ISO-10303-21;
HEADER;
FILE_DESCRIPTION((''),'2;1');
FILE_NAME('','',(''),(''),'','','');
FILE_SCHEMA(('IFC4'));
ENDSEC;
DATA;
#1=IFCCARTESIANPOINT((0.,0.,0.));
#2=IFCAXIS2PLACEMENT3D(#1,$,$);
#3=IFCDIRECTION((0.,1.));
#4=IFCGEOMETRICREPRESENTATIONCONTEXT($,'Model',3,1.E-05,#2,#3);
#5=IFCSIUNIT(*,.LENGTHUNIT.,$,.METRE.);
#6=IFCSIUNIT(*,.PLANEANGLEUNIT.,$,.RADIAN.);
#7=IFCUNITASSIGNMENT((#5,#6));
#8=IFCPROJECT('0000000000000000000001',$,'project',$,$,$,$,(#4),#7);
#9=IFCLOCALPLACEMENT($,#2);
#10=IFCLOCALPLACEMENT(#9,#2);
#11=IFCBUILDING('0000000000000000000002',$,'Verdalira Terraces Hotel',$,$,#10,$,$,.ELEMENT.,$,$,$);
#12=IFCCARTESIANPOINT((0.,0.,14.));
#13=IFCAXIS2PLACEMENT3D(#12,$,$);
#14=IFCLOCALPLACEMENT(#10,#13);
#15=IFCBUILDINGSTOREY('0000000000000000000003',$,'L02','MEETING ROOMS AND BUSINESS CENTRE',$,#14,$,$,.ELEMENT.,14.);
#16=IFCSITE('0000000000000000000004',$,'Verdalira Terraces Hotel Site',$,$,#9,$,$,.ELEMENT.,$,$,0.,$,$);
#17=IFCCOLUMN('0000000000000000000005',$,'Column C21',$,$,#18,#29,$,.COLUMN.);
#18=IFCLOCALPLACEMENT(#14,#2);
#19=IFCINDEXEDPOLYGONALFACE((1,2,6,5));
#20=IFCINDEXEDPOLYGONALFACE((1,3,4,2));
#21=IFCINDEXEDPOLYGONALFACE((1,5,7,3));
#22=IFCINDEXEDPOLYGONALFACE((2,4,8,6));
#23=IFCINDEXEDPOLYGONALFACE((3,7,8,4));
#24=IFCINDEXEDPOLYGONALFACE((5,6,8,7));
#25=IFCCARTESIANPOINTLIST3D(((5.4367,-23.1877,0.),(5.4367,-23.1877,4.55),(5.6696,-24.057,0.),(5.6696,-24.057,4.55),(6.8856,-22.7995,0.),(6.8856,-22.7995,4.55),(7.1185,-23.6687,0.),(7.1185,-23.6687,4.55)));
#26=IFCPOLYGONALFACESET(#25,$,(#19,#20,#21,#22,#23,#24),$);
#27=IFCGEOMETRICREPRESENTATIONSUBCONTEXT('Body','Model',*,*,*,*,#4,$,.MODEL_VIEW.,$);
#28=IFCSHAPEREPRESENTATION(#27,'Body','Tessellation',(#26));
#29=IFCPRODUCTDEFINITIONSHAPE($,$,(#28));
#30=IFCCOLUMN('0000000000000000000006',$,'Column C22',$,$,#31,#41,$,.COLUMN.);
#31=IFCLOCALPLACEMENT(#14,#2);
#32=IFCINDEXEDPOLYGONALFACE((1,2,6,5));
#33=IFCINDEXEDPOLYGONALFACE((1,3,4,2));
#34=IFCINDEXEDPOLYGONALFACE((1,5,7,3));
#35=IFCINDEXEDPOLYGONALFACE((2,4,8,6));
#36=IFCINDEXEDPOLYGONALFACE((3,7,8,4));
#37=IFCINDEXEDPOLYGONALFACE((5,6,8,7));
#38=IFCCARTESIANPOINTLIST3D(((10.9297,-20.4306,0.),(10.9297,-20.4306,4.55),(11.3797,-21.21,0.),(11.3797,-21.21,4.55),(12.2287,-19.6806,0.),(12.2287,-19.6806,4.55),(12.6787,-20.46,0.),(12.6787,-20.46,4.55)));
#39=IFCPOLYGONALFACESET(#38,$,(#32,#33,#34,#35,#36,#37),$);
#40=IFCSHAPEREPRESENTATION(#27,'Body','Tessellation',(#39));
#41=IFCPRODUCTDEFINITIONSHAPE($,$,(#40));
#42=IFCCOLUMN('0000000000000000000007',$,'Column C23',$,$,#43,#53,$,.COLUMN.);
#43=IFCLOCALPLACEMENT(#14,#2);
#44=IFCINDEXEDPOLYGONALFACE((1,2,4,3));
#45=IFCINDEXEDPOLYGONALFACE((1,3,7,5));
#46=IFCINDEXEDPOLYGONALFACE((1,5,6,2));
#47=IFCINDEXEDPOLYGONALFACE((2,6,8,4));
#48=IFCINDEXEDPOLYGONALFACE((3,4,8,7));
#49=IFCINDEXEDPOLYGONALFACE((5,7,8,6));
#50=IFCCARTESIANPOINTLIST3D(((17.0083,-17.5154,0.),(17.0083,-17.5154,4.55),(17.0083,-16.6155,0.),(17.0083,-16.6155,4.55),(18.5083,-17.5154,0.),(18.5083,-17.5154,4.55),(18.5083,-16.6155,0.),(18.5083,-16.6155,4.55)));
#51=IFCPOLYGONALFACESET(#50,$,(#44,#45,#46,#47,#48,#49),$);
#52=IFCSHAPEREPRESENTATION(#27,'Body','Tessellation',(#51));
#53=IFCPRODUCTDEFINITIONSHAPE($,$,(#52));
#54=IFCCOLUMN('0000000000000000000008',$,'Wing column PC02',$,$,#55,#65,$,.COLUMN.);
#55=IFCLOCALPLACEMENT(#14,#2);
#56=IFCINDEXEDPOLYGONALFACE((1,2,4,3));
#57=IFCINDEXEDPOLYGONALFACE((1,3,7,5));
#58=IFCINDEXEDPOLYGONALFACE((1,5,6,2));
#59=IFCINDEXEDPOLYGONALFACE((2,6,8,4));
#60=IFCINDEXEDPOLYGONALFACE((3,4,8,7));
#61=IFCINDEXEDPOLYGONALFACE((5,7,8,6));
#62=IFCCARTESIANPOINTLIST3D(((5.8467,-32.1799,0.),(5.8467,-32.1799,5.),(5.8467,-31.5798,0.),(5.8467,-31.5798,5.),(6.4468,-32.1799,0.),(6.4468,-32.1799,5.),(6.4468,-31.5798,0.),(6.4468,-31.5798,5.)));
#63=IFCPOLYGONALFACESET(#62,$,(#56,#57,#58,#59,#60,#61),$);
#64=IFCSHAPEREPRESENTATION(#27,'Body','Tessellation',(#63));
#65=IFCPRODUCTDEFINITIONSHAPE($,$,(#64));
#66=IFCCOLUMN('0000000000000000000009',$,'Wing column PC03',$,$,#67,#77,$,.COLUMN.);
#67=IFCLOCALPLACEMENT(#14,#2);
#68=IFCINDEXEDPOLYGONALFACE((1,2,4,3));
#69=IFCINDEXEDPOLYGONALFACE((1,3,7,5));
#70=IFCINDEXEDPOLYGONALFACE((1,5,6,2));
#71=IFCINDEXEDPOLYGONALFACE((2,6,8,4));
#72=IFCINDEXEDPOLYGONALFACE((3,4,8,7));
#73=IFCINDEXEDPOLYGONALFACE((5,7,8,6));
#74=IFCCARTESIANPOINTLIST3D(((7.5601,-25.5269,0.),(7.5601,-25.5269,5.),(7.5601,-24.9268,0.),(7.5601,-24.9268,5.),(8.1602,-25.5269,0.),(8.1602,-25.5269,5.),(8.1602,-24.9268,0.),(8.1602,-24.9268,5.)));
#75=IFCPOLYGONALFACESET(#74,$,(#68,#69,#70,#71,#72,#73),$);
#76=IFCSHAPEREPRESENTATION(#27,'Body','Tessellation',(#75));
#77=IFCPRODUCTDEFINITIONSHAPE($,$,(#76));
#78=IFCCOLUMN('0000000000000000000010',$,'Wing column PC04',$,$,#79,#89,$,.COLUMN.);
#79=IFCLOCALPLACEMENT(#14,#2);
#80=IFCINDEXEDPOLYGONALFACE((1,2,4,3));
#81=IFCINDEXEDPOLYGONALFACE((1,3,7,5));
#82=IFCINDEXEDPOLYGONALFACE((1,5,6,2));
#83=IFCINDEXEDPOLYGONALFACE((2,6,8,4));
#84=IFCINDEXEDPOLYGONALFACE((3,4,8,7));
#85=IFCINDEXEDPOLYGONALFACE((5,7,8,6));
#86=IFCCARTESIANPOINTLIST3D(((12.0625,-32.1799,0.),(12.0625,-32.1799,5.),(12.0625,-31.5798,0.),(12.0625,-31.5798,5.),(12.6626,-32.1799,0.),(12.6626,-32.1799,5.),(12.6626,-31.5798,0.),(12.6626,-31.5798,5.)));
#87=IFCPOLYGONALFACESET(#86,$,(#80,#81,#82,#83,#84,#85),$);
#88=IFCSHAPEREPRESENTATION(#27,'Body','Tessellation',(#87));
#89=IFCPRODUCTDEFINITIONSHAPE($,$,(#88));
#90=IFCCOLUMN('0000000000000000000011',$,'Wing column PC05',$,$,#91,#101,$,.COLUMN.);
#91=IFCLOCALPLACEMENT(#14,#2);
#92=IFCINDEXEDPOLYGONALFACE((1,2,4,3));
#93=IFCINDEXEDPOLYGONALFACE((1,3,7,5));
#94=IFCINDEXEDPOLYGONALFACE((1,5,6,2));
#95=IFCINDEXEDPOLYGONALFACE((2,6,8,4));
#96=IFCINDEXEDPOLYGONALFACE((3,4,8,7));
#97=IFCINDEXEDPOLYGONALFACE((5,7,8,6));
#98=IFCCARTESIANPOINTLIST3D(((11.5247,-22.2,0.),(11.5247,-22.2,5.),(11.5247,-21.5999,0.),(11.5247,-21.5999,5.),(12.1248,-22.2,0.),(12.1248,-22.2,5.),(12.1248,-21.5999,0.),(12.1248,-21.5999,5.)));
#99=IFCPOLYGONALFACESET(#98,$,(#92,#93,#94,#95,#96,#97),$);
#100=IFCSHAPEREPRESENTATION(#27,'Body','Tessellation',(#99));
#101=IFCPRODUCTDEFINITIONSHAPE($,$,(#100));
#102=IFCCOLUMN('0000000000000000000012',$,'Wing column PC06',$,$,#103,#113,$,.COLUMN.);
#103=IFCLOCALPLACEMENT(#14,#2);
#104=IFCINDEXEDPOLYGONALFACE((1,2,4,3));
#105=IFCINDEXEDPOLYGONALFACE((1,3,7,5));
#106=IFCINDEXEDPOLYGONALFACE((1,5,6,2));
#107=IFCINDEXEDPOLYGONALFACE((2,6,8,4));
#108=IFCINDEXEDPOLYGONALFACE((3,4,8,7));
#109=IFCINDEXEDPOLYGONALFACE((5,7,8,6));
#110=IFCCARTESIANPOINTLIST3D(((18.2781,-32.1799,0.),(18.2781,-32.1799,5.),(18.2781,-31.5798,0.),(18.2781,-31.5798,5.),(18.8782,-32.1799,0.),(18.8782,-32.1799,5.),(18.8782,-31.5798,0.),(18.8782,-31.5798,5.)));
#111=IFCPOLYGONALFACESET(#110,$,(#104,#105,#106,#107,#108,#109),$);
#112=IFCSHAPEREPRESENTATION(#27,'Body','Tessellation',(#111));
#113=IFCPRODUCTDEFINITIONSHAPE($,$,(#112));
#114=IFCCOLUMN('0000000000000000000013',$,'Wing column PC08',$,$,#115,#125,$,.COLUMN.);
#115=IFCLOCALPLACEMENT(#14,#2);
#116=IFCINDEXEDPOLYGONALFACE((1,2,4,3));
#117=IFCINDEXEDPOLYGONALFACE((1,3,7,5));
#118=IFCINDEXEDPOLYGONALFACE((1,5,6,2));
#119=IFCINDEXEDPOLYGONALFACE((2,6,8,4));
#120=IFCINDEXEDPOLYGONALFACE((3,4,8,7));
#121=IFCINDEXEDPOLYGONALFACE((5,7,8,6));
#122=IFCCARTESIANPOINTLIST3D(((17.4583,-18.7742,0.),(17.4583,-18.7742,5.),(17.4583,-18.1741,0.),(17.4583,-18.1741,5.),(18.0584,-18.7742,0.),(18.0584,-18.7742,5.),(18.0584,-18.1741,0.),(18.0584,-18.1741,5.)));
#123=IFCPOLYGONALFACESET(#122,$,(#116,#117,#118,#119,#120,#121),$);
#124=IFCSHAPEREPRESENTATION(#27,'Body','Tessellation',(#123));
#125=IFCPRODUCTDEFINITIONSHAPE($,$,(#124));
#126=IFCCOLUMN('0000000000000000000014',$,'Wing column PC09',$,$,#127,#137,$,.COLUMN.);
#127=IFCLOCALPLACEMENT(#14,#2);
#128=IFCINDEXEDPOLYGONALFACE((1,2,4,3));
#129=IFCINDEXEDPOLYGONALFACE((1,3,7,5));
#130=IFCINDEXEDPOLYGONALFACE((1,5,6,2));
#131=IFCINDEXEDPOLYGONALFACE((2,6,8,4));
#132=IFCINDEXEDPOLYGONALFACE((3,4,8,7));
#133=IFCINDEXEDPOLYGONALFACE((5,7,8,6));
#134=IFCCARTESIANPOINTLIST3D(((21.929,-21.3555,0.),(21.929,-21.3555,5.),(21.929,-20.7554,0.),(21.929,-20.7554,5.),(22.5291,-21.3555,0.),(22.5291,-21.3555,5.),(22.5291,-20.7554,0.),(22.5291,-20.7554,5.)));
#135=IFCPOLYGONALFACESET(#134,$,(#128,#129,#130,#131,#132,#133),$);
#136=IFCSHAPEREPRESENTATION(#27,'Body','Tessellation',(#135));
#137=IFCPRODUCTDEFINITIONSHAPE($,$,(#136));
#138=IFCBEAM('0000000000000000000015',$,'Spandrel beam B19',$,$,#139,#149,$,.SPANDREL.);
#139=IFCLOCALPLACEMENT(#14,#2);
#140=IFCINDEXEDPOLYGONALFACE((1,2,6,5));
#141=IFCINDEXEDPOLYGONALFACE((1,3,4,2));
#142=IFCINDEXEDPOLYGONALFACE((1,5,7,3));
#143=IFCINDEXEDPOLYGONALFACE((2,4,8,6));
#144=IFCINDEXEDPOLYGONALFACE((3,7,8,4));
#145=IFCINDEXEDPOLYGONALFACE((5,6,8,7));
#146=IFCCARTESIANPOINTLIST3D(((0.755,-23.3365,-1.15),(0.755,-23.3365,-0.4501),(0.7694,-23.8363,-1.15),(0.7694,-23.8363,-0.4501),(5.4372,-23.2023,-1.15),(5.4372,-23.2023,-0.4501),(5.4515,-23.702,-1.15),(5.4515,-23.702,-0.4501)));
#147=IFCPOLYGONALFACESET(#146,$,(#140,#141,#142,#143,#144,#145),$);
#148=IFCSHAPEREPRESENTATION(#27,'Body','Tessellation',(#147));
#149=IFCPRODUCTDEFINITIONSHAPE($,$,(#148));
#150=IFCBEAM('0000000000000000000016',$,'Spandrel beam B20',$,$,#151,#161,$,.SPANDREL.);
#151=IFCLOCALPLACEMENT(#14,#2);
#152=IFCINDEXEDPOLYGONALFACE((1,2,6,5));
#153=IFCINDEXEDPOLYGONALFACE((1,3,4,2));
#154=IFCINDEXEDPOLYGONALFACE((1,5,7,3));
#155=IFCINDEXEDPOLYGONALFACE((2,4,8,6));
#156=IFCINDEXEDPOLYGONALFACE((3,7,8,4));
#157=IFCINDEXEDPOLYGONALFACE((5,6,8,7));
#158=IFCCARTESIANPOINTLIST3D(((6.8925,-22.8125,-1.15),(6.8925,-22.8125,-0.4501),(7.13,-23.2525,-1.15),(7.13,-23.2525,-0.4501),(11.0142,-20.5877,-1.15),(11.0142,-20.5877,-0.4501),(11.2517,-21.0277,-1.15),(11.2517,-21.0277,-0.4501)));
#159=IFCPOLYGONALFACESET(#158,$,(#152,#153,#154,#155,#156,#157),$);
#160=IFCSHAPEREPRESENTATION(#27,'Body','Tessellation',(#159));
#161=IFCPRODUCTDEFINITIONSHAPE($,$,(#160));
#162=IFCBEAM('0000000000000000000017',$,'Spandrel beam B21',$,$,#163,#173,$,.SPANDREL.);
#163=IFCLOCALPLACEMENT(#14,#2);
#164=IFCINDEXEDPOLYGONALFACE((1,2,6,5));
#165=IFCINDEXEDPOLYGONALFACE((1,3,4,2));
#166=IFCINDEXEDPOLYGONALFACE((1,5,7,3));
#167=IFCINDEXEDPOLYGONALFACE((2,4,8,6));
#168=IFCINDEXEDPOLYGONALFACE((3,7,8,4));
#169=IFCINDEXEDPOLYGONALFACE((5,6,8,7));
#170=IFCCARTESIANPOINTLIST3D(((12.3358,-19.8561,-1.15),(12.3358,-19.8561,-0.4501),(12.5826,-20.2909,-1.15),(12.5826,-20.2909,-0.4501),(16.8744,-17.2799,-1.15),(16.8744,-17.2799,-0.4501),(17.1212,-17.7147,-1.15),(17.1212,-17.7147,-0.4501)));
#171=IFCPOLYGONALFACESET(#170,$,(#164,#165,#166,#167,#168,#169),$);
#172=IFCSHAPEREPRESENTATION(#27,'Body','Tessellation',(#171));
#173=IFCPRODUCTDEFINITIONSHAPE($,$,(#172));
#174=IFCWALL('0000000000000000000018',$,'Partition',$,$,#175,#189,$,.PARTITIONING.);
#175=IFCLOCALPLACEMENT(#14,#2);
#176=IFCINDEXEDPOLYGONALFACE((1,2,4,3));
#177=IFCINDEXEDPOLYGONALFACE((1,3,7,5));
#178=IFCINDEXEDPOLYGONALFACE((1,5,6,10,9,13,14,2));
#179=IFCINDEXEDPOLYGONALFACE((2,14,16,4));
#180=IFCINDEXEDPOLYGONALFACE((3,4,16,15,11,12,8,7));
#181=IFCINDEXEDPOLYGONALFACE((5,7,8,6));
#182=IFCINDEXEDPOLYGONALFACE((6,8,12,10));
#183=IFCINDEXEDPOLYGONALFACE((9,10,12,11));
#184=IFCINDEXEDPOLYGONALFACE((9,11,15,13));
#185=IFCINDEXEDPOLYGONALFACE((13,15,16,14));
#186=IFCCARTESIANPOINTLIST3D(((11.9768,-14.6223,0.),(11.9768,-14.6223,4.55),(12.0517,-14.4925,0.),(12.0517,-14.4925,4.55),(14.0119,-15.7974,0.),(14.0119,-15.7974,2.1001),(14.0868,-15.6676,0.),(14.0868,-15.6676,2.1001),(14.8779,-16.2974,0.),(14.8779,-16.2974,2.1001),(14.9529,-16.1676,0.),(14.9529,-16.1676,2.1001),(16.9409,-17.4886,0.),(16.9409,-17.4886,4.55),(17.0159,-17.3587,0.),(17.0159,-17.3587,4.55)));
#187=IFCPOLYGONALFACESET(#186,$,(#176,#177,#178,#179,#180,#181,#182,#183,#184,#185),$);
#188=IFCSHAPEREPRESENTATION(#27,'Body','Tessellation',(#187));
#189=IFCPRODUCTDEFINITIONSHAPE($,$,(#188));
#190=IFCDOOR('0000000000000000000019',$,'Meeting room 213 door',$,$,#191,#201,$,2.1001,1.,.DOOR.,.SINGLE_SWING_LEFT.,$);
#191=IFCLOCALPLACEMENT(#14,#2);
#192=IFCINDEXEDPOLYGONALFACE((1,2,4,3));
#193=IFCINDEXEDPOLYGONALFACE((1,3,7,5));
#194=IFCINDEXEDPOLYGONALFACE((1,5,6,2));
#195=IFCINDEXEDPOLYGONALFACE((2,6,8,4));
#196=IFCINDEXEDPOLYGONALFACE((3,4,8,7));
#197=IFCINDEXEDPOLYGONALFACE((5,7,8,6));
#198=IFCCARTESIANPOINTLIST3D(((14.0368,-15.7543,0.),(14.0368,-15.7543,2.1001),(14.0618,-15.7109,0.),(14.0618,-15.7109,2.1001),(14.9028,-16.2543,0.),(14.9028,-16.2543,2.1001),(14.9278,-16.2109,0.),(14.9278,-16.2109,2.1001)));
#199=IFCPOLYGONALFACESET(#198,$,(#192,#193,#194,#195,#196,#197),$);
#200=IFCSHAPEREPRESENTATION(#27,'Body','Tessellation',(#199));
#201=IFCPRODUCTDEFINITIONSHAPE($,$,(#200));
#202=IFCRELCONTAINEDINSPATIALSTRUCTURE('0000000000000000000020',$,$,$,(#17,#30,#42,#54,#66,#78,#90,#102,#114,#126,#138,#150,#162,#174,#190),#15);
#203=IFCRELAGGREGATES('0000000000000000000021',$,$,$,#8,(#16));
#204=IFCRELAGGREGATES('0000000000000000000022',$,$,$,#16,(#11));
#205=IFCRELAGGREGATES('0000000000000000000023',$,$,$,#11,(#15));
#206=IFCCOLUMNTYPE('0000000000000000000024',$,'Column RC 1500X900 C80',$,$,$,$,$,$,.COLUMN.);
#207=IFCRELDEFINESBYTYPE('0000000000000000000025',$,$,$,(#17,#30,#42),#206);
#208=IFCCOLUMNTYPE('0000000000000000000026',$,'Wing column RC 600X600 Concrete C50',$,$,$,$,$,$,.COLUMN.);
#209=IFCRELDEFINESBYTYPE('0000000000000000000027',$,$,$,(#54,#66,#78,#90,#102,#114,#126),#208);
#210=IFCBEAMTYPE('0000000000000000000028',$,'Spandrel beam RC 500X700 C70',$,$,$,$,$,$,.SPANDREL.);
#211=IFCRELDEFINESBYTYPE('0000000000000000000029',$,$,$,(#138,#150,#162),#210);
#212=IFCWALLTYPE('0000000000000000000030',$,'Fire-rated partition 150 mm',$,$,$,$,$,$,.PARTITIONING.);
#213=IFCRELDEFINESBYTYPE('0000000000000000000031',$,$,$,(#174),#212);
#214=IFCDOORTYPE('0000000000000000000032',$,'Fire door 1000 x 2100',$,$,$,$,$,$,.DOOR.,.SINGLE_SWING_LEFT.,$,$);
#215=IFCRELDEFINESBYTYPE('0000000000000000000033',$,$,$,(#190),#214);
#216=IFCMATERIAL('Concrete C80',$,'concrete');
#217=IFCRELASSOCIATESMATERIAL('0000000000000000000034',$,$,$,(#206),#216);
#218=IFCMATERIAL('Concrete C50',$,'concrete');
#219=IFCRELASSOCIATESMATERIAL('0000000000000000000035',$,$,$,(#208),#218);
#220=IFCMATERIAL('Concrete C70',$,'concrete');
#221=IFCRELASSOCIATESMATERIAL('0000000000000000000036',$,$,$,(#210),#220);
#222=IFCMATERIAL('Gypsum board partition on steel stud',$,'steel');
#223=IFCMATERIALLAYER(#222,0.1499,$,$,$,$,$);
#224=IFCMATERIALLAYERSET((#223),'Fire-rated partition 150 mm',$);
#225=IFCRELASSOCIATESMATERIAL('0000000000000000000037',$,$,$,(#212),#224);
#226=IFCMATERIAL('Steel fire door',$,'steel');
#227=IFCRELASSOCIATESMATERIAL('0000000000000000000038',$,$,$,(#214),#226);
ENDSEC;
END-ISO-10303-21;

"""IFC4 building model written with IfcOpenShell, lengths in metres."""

from ifc_helpers import new_model, si_unit, direction, frame, frame_2d, origin, origin_2d, place, context, subcontext, project, spatial, rectangle, extrude, material, layer, layer_set, material_profile, profile_set, type_object, element, fill, save


model = new_model("IFC4")

# Units and contexts
model_context = context("Model", 3, precision=1e-05, world=origin(), true_north=direction((0.0, 1.0)))
body_context = subcontext(model_context, "Body", "Model", "MODEL_VIEW")
ifc_project = project(units=[si_unit("LENGTHUNIT", "METRE"), si_unit("PLANEANGLEUNIT", "RADIAN")], contexts=[model_context])

# Site, building, storey
site_placement = place(None, origin())
site = spatial("IfcSite", under=ifc_project, at=site_placement, Name="Verdalira Terraces Hotel Site", CompositionType="ELEMENT", RefElevation=0.0)
building_placement = place(site_placement, origin())
building = spatial("IfcBuilding", under=site, at=building_placement, Name="Verdalira Terraces Hotel", CompositionType="ELEMENT")
storey_placement = place(building_placement, frame((0.0, 0.0, 14.0)))
storey = spatial("IfcBuildingStorey", under=building, at=storey_placement, Name="L02", Description="MEETING ROOMS AND BUSINESS CENTRE", CompositionType="ELEMENT", Elevation=14.0)

# Columns
ifc_material_1 = material(Name="Concrete C80", Category="concrete")
ifc_material_profile_1 = material_profile(ifc_material_1, rectangle(XDim=1.5, YDim=0.8999, at=origin_2d()), Name="RC 1500X900")
ifc_profile_set_1 = profile_set([ifc_material_profile_1], Name="Concrete C80")
column_type_1 = type_object("IfcColumnType", Name="Column RC 1500X900 C80", PredefinedType="COLUMN", material=ifc_profile_set_1)
for number, where, z_axis, x_axis, name in (
    (1, (6.2776, -23.4282, 0.0), (0.0, 0.0, 1.0), (-0.965926, -0.258819, 0.0), "Column C21"),
    (2, (11.8042, -20.4453, 0.0), (0.0, 0.0, 1.0), (0.866025, 0.5, 0.0), "Column C22"),
    (3, (17.7583, -17.0654, 0.0), (0.0, 0.0, 1.0), (-1.0, 0.0, 0.0), "Column C23"),
):
    element("IfcColumn", number, at=place(storey_placement, frame(where, z_axis=z_axis, x_axis=x_axis)), inside=storey, type_object=column_type_1, Name=name, PredefinedType="COLUMN", context=body_context, shape_type="SweptSolid", body=[
        extrude(rectangle(XDim=1.5, YDim=0.8999, at=origin_2d()), origin(), (0.0, 0.0, 1.0), 4.55),
    ])
ifc_material_2 = material(Name="Concrete C50", Category="concrete")
ifc_material_profile_2 = material_profile(ifc_material_2, rectangle(XDim=0.6001, YDim=0.6001, at=origin_2d()), Name="RC 600X600")
ifc_profile_set_2 = profile_set([ifc_material_profile_2], Name="Concrete C50")
column_type_2 = type_object("IfcColumnType", Name="Wing column RC 600X600 Concrete C50", PredefinedType="COLUMN", material=ifc_profile_set_2)
for number, where, z_axis, x_axis, name in (
    (4, (6.1467, -31.8799, 0.0), (0.0, 0.0, 1.0), (0.0, -1.0, 0.0), "Wing column PC02"),
    (5, (7.8601, -25.2268, 0.0), (0.0, 0.0, 1.0), (0.0, -1.0, 0.0), "Wing column PC03"),
    (6, (12.3625, -31.8799, 0.0), (0.0, 0.0, 1.0), (0.0, -1.0, 0.0), "Wing column PC04"),
    (7, (11.8247, -21.8999, 0.0), (0.0, 0.0, 1.0), (0.0, -1.0, 0.0), "Wing column PC05"),
    (8, (18.5781, -31.8799, 0.0), (0.0, 0.0, 1.0), (0.0, -1.0, 0.0), "Wing column PC06"),
    (9, (17.7583, -18.4741, 0.0), (0.0, 0.0, 1.0), (0.0, -1.0, 0.0), "Wing column PC08"),
    (10, (22.229, -21.0554, 0.0), (0.0, 0.0, 1.0), (0.0, -1.0, 0.0), "Wing column PC09"),
):
    element("IfcColumn", number, at=place(storey_placement, frame(where, z_axis=z_axis, x_axis=x_axis)), inside=storey, type_object=column_type_2, Name=name, PredefinedType="COLUMN", context=body_context, shape_type="SweptSolid", body=[
        extrude(rectangle(XDim=0.6001, YDim=0.6001, at=origin_2d()), origin(), (0.0, 0.0, 1.0), 5.0),
    ])

# Beams
ifc_material_3 = material(Name="Concrete C70", Category="concrete")
ifc_material_profile_3 = material_profile(ifc_material_3, rectangle(XDim=0.5, YDim=0.7, at=origin_2d()), Name="RC 500X700")
ifc_profile_set_3 = profile_set([ifc_material_profile_3], Name="Concrete C70")
beam_type = type_object("IfcBeamType", Name="Spandrel beam RC 500X700 C70", PredefinedType="SPANDREL", material=ifc_profile_set_3)
beam_1_placement = place(storey_placement, frame((0.7622, -23.5864, -0.8), z_axis=(0.999589, 0.028667, 0.0), x_axis=(-0.028667, 0.999589, 0.0)))
element("IfcBeam", 11, at=beam_1_placement, inside=storey, type_object=beam_type, Name="Spandrel beam B19", PredefinedType="SPANDREL", context=body_context, shape_type="SweptSolid", body=[
    extrude(rectangle(XDim=0.5, YDim=0.7, at=origin_2d()), origin(), (0.0, 0.0, 1.0), 4.6841),
])
beam_2_placement = place(storey_placement, frame((7.0112, -23.0325, -0.8), z_axis=(0.879989, 0.474995, 0.0), x_axis=(-0.474995, 0.879989, 0.0)))
element("IfcBeam", 12, at=beam_2_placement, inside=storey, type_object=beam_type, Name="Spandrel beam B20", PredefinedType="SPANDREL", context=body_context, shape_type="SweptSolid", body=[
    extrude(rectangle(XDim=0.5, YDim=0.7, at=origin_2d()), origin(), (0.0, 0.0, 1.0), 4.6838),
])
beam_3_placement = place(storey_placement, frame((12.4592, -20.0735, -0.8), z_axis=(0.869667, 0.493638, 0.0), x_axis=(-0.493638, 0.869667, 0.0)))
element("IfcBeam", 13, at=beam_3_placement, inside=storey, type_object=beam_type, Name="Spandrel beam B21", PredefinedType="SPANDREL", context=body_context, shape_type="SweptSolid", body=[
    extrude(rectangle(XDim=0.5, YDim=0.7, at=origin_2d()), origin(), (0.0, 0.0, 1.0), 5.2188),
])

# Wall, opening, door
ifc_material_4 = material(Name="Gypsum board partition on steel stud", Category="steel")
ifc_layer_1 = layer(ifc_material_4, 0.1499)
ifc_layer_set_1 = layer_set([ifc_layer_1], Name="Fire-rated partition 150 mm")
wall_type_1 = type_object("IfcWallType", Name="Fire-rated partition 150 mm", PredefinedType="PARTITIONING", material=ifc_layer_set_1)
wall_1_placement = place(storey_placement, frame((12.0142, -14.5574, 0.0), z_axis=(0.0, 0.0, 1.0), x_axis=(0.866012, -0.500024, 0.0)))
wall_1 = element("IfcWall", 14, at=wall_1_placement, inside=storey, type_object=wall_type_1, Name="Partition", PredefinedType="PARTITIONING", context=body_context, shape_type="SweptSolid", body=[
    extrude(rectangle(XDim=5.7322, YDim=0.1499, at=frame_2d((2.8662, 0.0))), origin(), (0.0, 0.0, 1.0), 4.55),
])
opening_1_placement = place(wall_1_placement, frame((2.3501, 0.0, 0.0)))
opening_1 = element("IfcOpeningElement", 15, at=opening_1_placement, cuts=wall_1, PredefinedType="OPENING", context=body_context, shape_type="SweptSolid", body=[
    extrude(rectangle(XDim=1.0, YDim=2.1001, at=frame_2d((0.5, 1.05))), frame((0.0, 0.085, 0.0), z_axis=(0.0, -1.0, 0.0), x_axis=(1.0, 0.0, 0.0)), (0.0, 0.0, 1.0), 0.1699),
])
ifc_material_5 = material(Name="Steel fire door", Category="steel")
door_type = type_object("IfcDoorType", Name="Fire door 1000 x 2100", OperationType="SINGLE_SWING_LEFT", PredefinedType="DOOR", material=ifc_material_5)
door_1_placement = place(opening_1_placement, origin())
door_1 = element("IfcDoor", 16, at=door_1_placement, inside=storey, type_object=door_type, Name="Meeting room 213 door", OperationType="SINGLE_SWING_LEFT", OverallHeight=2.1001, OverallWidth=1.0, PredefinedType="DOOR", context=body_context, shape_type="SweptSolid", body=[
    extrude(rectangle(XDim=1.0, YDim=2.1001, at=frame_2d((0.5, 1.05))), frame((0.0, 0.0249, 0.0), z_axis=(0.0, -1.0, 0.0), x_axis=(1.0, 0.0, 0.0)), (0.0, 0.0, 1.0), 0.05),
])
fill(opening_1, door_1)

save(model, "model.ifc")
